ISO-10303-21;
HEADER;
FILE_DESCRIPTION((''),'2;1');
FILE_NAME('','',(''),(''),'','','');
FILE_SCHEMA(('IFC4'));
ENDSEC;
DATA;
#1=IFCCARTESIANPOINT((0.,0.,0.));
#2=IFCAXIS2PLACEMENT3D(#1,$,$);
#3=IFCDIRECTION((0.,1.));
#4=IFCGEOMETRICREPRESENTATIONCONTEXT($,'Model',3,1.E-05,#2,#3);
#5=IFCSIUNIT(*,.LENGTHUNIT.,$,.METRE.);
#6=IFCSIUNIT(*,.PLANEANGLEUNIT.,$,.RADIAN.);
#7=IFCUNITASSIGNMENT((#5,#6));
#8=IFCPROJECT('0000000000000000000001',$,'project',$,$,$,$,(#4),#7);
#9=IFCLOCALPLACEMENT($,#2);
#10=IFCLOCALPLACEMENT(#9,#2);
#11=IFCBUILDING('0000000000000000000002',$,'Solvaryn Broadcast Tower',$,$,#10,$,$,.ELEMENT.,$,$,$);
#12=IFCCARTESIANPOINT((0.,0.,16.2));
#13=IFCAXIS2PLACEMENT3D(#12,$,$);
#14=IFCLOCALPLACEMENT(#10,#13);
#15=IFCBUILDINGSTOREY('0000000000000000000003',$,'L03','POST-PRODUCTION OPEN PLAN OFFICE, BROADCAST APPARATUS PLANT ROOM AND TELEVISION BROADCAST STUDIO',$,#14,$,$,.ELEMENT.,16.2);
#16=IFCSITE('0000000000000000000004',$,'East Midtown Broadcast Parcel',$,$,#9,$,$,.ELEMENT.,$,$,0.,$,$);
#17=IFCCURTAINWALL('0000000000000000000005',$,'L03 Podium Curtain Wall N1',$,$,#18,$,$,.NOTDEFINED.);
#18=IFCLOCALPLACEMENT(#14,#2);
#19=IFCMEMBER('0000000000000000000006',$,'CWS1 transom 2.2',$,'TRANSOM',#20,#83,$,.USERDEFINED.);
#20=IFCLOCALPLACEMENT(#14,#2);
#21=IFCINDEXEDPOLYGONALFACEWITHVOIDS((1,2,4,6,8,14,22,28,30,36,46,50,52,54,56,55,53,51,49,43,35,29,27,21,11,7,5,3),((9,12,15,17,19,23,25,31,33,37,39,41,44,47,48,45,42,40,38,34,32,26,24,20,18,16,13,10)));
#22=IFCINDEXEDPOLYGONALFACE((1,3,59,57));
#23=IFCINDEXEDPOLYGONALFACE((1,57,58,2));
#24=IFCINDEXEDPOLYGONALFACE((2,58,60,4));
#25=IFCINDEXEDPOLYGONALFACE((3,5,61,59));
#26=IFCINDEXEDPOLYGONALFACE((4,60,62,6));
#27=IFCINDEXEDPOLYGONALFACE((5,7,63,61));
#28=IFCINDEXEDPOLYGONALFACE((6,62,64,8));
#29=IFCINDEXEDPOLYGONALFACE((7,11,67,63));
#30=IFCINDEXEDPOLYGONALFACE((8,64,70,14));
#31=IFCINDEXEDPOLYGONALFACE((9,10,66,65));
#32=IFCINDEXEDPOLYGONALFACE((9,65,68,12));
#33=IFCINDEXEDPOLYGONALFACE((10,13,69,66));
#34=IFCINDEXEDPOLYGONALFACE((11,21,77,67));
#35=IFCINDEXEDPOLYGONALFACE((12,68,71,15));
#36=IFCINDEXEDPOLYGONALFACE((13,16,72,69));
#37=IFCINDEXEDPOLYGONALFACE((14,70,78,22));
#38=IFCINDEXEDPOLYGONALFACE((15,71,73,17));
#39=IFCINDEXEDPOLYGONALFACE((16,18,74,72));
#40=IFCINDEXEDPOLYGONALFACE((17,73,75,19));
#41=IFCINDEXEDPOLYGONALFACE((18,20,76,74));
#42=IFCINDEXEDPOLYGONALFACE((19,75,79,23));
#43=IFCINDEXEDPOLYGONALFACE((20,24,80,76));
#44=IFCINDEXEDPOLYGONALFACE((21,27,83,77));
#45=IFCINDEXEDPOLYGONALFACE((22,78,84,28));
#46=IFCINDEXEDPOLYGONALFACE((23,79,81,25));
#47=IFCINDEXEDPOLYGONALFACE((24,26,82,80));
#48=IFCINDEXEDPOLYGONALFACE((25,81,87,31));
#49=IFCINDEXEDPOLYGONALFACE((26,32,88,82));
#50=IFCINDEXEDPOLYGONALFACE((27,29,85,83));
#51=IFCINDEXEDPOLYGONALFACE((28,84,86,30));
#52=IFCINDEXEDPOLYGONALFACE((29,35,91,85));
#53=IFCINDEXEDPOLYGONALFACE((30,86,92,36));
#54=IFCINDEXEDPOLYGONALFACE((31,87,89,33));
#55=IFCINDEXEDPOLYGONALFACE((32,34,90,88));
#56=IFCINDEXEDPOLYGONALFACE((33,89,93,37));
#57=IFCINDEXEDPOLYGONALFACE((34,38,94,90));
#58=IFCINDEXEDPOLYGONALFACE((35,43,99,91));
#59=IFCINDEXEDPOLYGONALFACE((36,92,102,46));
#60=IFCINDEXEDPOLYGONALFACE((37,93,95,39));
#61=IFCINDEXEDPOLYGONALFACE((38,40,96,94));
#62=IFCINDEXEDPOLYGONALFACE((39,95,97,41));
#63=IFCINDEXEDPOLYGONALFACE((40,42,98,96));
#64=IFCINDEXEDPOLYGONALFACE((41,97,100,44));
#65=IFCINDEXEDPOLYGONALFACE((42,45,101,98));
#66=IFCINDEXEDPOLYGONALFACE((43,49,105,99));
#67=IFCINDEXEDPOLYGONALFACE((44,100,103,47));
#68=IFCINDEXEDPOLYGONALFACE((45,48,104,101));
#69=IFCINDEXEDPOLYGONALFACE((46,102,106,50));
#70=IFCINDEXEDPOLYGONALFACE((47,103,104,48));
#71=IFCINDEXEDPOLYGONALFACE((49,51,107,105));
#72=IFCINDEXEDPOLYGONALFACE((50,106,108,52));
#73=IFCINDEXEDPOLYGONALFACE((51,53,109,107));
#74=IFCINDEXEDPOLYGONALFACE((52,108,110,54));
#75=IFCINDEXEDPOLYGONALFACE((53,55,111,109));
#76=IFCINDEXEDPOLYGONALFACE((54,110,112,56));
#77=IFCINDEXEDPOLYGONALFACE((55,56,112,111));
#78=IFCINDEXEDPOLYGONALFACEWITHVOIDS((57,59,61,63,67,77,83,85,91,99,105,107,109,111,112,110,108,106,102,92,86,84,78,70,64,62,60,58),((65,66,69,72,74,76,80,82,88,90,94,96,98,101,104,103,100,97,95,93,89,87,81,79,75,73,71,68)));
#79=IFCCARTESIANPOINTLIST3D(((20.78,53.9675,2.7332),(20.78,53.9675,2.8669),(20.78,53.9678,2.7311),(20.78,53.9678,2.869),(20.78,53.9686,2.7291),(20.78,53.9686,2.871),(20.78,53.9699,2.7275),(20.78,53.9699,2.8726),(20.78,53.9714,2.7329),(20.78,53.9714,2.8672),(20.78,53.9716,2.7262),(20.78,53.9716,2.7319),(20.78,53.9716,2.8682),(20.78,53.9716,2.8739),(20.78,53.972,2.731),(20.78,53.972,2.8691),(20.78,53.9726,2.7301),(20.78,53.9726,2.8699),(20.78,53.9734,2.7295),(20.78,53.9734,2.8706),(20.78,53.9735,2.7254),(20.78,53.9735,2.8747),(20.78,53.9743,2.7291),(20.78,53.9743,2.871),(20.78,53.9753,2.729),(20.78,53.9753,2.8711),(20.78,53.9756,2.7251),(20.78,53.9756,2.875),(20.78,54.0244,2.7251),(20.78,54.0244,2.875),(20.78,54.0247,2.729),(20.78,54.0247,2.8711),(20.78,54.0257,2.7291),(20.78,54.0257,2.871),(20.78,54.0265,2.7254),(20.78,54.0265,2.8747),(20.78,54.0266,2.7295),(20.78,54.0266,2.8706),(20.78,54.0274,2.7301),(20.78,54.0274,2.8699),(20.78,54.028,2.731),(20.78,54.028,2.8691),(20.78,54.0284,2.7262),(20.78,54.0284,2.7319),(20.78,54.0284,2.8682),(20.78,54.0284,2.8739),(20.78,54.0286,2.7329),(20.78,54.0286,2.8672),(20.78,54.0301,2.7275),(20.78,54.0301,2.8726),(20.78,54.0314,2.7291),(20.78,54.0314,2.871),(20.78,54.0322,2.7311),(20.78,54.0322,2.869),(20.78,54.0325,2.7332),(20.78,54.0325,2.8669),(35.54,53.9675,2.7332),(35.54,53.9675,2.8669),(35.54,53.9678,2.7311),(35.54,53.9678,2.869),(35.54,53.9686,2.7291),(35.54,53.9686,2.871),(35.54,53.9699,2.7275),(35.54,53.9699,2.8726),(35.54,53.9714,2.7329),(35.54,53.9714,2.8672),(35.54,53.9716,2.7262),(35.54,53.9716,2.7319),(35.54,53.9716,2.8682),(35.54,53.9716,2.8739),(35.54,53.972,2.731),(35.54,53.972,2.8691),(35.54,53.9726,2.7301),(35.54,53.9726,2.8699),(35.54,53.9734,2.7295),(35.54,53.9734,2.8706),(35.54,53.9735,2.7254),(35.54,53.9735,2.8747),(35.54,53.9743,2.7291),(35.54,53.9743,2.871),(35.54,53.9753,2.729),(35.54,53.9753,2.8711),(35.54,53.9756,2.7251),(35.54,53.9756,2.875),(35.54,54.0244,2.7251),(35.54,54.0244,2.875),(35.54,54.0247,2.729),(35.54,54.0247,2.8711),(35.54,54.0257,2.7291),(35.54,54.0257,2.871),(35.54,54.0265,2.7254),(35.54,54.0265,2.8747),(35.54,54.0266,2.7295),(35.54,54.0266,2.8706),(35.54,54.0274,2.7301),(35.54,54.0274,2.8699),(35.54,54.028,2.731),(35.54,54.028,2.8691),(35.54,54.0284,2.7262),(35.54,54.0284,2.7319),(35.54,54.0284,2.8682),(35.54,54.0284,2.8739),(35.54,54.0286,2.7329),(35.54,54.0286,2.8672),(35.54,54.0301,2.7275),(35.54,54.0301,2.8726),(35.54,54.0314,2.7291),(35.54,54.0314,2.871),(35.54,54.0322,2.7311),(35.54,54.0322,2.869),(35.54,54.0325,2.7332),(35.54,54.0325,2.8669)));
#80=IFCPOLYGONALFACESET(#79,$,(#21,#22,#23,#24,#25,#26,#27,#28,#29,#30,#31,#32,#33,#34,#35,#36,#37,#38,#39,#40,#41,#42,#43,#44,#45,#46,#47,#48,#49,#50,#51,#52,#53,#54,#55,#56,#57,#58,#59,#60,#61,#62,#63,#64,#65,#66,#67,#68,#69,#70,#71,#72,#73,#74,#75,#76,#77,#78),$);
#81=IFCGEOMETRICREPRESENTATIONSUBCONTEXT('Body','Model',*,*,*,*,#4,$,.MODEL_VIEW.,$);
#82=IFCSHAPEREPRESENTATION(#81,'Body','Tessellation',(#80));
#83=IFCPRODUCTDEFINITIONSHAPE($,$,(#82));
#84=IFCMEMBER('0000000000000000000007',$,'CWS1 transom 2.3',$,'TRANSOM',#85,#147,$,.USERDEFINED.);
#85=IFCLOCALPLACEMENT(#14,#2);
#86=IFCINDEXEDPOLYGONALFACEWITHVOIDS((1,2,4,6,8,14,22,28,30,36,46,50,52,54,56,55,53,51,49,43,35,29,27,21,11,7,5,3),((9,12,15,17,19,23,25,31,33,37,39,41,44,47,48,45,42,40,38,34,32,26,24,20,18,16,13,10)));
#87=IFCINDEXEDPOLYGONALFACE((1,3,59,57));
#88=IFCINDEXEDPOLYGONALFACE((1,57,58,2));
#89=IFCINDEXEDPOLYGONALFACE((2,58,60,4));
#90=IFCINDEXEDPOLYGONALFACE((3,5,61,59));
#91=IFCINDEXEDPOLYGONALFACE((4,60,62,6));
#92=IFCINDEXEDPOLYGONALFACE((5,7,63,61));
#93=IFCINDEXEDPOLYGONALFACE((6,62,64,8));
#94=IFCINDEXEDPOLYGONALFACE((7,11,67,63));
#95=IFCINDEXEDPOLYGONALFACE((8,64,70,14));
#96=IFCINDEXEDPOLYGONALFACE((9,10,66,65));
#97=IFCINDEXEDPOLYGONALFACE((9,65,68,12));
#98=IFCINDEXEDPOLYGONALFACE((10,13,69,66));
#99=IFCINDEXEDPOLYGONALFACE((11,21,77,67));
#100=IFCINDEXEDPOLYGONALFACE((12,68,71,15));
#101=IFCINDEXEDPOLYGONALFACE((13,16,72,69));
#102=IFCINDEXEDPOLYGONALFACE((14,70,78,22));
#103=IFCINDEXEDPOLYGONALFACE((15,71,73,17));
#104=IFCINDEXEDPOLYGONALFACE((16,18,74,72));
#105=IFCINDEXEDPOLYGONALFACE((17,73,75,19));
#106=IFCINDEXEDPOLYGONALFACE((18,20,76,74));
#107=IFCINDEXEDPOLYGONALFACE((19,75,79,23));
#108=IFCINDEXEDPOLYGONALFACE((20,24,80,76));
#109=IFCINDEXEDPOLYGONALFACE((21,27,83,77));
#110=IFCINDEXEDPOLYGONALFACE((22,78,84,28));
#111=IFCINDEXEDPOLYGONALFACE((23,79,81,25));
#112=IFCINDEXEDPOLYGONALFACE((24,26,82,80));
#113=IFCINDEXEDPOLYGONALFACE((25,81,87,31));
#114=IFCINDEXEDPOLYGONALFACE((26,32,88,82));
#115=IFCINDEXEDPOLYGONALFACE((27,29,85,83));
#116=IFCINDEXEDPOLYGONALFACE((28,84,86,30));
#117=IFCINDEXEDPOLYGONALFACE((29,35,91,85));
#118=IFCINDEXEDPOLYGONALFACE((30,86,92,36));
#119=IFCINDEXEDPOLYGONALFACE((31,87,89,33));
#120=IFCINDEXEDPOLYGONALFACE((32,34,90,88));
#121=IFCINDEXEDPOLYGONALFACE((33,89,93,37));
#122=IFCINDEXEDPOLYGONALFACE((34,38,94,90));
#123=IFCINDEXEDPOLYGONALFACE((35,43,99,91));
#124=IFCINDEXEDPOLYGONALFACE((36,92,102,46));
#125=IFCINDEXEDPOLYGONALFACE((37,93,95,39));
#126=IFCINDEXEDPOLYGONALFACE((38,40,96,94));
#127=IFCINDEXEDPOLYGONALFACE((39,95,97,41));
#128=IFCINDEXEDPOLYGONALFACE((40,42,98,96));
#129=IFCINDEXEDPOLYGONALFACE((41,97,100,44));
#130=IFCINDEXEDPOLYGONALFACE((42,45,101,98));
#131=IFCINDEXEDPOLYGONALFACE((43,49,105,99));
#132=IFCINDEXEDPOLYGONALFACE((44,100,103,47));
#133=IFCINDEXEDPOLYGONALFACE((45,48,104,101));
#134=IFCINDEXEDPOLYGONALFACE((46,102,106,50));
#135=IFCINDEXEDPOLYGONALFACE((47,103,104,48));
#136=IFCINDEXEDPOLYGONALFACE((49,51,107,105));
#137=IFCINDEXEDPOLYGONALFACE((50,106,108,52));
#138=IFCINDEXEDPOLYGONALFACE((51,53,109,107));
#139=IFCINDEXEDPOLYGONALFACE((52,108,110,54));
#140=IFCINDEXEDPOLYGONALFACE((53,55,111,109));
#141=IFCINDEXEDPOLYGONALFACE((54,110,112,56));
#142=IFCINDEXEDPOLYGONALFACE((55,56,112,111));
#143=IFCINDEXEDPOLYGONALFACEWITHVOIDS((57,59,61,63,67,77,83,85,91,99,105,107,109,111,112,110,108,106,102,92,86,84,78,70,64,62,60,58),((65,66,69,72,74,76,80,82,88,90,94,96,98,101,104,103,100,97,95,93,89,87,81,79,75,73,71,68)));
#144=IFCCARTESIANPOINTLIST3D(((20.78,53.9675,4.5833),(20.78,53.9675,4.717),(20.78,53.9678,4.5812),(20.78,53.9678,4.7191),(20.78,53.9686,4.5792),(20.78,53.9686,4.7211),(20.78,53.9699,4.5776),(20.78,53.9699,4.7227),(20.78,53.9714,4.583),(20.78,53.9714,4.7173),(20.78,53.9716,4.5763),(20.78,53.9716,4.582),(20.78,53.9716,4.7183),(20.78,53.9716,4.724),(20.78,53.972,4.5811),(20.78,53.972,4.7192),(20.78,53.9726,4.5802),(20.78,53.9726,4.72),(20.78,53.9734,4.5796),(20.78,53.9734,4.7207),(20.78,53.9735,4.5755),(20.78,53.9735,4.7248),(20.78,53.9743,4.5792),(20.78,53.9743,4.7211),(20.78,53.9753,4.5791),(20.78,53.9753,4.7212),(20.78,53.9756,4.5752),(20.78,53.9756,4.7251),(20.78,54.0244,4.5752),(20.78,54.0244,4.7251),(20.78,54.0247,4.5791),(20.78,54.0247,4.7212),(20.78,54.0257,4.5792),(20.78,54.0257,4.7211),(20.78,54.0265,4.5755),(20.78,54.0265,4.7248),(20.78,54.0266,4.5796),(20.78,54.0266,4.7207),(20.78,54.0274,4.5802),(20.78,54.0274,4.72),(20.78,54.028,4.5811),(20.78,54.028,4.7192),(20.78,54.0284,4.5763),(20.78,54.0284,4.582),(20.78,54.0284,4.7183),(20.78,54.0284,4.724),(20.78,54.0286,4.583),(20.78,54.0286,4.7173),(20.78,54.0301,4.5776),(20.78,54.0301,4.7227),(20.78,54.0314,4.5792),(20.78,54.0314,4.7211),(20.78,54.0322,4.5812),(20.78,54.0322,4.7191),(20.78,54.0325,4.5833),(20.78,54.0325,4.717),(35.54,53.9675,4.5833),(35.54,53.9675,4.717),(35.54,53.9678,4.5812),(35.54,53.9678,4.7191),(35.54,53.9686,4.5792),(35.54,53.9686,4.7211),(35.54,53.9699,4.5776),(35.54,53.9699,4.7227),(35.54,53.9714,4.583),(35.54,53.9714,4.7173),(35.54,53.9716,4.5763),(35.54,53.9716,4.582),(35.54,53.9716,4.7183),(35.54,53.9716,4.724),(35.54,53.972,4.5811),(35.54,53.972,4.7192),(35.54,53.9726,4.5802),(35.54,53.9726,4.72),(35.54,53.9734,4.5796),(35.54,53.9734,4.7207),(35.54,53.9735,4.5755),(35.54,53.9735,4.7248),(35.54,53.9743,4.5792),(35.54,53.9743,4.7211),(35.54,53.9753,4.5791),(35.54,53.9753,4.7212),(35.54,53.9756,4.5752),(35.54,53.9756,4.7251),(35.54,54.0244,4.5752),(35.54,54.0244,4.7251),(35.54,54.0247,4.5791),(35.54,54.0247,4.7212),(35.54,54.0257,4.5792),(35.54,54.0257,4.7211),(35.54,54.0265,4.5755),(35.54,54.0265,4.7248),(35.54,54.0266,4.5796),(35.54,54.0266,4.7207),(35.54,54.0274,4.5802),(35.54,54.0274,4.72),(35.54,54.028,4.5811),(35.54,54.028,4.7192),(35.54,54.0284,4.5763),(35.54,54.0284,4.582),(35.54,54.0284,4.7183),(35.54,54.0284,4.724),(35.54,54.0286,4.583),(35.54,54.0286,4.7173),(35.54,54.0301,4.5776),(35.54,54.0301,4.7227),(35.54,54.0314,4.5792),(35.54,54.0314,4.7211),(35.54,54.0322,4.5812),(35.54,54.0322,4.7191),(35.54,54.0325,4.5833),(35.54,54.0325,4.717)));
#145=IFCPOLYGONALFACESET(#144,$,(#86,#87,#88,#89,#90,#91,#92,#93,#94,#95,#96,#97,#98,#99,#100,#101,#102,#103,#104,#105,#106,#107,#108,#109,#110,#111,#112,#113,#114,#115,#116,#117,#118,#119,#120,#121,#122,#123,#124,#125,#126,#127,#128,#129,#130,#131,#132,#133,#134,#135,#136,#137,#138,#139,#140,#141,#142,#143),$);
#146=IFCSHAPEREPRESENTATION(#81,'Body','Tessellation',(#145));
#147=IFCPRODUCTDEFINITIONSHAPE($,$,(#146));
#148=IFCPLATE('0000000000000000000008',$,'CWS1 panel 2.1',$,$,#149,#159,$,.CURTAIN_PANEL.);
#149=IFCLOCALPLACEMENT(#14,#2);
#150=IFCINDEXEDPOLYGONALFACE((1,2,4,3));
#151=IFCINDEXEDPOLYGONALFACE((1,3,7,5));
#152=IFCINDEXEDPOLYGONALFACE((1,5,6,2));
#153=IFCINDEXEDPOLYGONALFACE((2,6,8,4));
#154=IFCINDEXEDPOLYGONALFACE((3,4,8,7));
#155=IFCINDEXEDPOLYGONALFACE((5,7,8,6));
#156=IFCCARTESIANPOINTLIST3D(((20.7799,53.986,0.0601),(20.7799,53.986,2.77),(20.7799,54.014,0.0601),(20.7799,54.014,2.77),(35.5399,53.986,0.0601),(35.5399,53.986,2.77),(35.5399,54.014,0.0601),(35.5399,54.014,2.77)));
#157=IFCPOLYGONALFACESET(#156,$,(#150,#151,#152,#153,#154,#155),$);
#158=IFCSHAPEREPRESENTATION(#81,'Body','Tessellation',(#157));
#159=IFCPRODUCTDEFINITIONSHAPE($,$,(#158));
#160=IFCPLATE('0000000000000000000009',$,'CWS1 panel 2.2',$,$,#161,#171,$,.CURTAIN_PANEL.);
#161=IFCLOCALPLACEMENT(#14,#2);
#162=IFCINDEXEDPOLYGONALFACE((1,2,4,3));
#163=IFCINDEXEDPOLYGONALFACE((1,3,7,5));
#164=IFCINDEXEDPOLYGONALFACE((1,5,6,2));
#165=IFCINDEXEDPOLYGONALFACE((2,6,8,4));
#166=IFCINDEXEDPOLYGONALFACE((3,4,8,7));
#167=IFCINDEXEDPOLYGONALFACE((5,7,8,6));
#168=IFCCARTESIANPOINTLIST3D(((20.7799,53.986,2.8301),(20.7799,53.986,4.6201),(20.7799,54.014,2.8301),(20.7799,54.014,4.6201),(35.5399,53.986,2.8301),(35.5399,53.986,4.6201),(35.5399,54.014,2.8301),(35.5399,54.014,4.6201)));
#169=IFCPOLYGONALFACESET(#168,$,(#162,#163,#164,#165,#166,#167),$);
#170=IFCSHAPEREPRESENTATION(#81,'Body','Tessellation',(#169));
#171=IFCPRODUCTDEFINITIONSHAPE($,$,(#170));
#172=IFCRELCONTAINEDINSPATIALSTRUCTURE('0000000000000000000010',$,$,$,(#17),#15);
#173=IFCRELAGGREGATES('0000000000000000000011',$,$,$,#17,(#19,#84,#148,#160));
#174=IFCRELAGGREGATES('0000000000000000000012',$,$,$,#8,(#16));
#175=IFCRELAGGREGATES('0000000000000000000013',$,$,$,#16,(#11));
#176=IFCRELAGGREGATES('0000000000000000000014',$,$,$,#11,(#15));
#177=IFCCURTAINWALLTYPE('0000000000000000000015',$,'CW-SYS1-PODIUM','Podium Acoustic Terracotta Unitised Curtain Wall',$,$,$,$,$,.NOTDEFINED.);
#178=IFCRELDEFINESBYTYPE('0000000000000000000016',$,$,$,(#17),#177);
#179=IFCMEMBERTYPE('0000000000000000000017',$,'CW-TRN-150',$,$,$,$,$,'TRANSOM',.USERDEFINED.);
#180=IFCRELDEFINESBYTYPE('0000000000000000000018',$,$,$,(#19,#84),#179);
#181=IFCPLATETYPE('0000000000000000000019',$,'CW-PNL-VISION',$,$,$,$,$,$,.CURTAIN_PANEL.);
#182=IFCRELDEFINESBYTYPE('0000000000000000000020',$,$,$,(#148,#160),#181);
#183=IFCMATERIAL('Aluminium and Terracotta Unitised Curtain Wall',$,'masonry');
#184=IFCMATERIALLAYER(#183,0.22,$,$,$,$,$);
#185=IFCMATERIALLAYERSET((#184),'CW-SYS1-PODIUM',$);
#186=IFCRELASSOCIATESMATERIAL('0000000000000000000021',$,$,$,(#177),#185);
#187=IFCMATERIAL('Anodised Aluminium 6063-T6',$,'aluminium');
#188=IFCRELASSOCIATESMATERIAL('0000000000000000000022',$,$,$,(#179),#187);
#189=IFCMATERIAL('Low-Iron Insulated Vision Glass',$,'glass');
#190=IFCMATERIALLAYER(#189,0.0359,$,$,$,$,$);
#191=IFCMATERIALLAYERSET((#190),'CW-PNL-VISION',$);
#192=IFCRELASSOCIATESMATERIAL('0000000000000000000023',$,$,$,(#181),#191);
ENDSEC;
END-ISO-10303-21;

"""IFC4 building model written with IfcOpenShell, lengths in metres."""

from ifc_helpers import new_model, si_unit, direction, frame, origin, origin_2d, place, context, subcontext, project, spatial, rectangle, hollow_rectangle, extrude, material, layer, layer_set, material_profile, profile_set, type_object, element, aggregate, save


model = new_model("IFC4")

# Units and contexts
model_context = context("Model", 3, precision=1e-05, world=origin(), true_north=direction((0.0, 1.0)))
body_context = subcontext(model_context, "Body", "Model", "MODEL_VIEW")
ifc_project = project(units=[si_unit("LENGTHUNIT", "METRE"), si_unit("PLANEANGLEUNIT", "RADIAN")], contexts=[model_context])

# Site, building, storey
site_placement = place(None, origin())
site = spatial("IfcSite", under=ifc_project, at=site_placement, Name="East Midtown Broadcast Parcel", CompositionType="ELEMENT", RefElevation=0.0)
building_placement = place(site_placement, origin())
building = spatial("IfcBuilding", under=site, at=building_placement, Name="Solvaryn Broadcast Tower", CompositionType="ELEMENT")
storey_placement = place(building_placement, frame((0.0, 0.0, 16.2)))
storey = spatial("IfcBuildingStorey", under=building, at=storey_placement, Name="L03", Description="POST-PRODUCTION OPEN PLAN OFFICE, BROADCAST APPARATUS PLANT ROOM AND TELEVISION BROADCAST STUDIO", CompositionType="ELEMENT", Elevation=16.2)

# Curtain wall, members, plates
ifc_material_1 = material(Name="Aluminium and Terracotta Unitised Curtain Wall", Category="masonry")
ifc_layer_1 = layer(ifc_material_1, 0.22)
ifc_layer_set_1 = layer_set([ifc_layer_1], Name="CW-SYS1-PODIUM")
curtain_wall_type = type_object("IfcCurtainWallType", Name="CW-SYS1-PODIUM", Description="Podium Acoustic Terracotta Unitised Curtain Wall", PredefinedType="NOTDEFINED", material=ifc_layer_set_1)
curtain_wall_placement = place(storey_placement, origin())
curtain_wall = element("IfcCurtainWall", 1, at=curtain_wall_placement, inside=storey, type_object=curtain_wall_type, Name="L03 Podium Curtain Wall N1", PredefinedType="NOTDEFINED")
ifc_material_2 = material(Name="Anodised Aluminium 6063-T6", Category="aluminium")
ifc_material_profile_1 = material_profile(ifc_material_2, hollow_rectangle(XDim=0.0649, YDim=0.1499, WallThickness=0.0039, InnerFilletRadius=0.0039, OuterFilletRadius=0.0081, at=origin_2d()))
ifc_profile_set_1 = profile_set([ifc_material_profile_1], Name="Anodised Aluminium 6063-T6")
member_type_1 = type_object("IfcMemberType", Name="CW-TRN-150", ElementType="TRANSOM", PredefinedType="USERDEFINED", material=ifc_profile_set_1)
member_1_placement = place(storey_placement, frame((20.78, 54.0, 2.8), z_axis=(1.0, 0.0, 0.0), x_axis=(0.0, 1.0, 0.0)))
member_1 = element("IfcMember", 2, at=member_1_placement, type_object=member_type_1, Name="CWS1 transom 2.2", ObjectType="TRANSOM", PredefinedType="USERDEFINED", context=body_context, shape_type="SweptSolid", body=[
    extrude(hollow_rectangle(XDim=0.0649, YDim=0.1499, WallThickness=0.0039, InnerFilletRadius=0.0039, OuterFilletRadius=0.0081, at=origin_2d()), origin(), (0.0, 0.0, 1.0), 14.76),
])
member_2_placement = place(storey_placement, frame((20.78, 54.0, 4.6501), z_axis=(1.0, 0.0, 0.0), x_axis=(0.0, 1.0, 0.0)))
member_2 = element("IfcMember", 3, at=member_2_placement, type_object=member_type_1, Name="CWS1 transom 2.3", ObjectType="TRANSOM", PredefinedType="USERDEFINED", context=body_context, shape_type="SweptSolid", body=[
    extrude(hollow_rectangle(XDim=0.0649, YDim=0.1499, WallThickness=0.0039, InnerFilletRadius=0.0039, OuterFilletRadius=0.0081, at=origin_2d()), origin(), (0.0, 0.0, 1.0), 14.76),
])
ifc_material_3 = material(Name="Low-Iron Insulated Vision Glass", Category="glass")
ifc_layer_2 = layer(ifc_material_3, 0.0359)
ifc_layer_set_2 = layer_set([ifc_layer_2], Name="CW-PNL-VISION")
plate_type = type_object("IfcPlateType", Name="CW-PNL-VISION", PredefinedType="CURTAIN_PANEL", material=ifc_layer_set_2)
plate_1_placement = place(storey_placement, frame((28.1599, 54.0, 0.0601), z_axis=(0.0, 0.0, 1.0), x_axis=(1.0, 0.0, 0.0)))
plate_1 = element("IfcPlate", 4, at=plate_1_placement, type_object=plate_type, Name="CWS1 panel 2.1", PredefinedType="CURTAIN_PANEL", context=body_context, shape_type="SweptSolid", body=[
    extrude(rectangle(XDim=14.76, YDim=0.0281, at=origin_2d()), origin(), (0.0, 0.0, 1.0), 2.71),
])
plate_2_placement = place(storey_placement, frame((28.1599, 54.0, 2.8301), z_axis=(0.0, 0.0, 1.0), x_axis=(1.0, 0.0, 0.0)))
plate_2 = element("IfcPlate", 5, at=plate_2_placement, type_object=plate_type, Name="CWS1 panel 2.2", PredefinedType="CURTAIN_PANEL", context=body_context, shape_type="SweptSolid", body=[
    extrude(rectangle(XDim=14.76, YDim=0.0281, at=origin_2d()), origin(), (0.0, 0.0, 1.0), 1.79),
])
aggregate(curtain_wall, [member_1, member_2, plate_1, plate_2])

save(model, "model.ifc")
